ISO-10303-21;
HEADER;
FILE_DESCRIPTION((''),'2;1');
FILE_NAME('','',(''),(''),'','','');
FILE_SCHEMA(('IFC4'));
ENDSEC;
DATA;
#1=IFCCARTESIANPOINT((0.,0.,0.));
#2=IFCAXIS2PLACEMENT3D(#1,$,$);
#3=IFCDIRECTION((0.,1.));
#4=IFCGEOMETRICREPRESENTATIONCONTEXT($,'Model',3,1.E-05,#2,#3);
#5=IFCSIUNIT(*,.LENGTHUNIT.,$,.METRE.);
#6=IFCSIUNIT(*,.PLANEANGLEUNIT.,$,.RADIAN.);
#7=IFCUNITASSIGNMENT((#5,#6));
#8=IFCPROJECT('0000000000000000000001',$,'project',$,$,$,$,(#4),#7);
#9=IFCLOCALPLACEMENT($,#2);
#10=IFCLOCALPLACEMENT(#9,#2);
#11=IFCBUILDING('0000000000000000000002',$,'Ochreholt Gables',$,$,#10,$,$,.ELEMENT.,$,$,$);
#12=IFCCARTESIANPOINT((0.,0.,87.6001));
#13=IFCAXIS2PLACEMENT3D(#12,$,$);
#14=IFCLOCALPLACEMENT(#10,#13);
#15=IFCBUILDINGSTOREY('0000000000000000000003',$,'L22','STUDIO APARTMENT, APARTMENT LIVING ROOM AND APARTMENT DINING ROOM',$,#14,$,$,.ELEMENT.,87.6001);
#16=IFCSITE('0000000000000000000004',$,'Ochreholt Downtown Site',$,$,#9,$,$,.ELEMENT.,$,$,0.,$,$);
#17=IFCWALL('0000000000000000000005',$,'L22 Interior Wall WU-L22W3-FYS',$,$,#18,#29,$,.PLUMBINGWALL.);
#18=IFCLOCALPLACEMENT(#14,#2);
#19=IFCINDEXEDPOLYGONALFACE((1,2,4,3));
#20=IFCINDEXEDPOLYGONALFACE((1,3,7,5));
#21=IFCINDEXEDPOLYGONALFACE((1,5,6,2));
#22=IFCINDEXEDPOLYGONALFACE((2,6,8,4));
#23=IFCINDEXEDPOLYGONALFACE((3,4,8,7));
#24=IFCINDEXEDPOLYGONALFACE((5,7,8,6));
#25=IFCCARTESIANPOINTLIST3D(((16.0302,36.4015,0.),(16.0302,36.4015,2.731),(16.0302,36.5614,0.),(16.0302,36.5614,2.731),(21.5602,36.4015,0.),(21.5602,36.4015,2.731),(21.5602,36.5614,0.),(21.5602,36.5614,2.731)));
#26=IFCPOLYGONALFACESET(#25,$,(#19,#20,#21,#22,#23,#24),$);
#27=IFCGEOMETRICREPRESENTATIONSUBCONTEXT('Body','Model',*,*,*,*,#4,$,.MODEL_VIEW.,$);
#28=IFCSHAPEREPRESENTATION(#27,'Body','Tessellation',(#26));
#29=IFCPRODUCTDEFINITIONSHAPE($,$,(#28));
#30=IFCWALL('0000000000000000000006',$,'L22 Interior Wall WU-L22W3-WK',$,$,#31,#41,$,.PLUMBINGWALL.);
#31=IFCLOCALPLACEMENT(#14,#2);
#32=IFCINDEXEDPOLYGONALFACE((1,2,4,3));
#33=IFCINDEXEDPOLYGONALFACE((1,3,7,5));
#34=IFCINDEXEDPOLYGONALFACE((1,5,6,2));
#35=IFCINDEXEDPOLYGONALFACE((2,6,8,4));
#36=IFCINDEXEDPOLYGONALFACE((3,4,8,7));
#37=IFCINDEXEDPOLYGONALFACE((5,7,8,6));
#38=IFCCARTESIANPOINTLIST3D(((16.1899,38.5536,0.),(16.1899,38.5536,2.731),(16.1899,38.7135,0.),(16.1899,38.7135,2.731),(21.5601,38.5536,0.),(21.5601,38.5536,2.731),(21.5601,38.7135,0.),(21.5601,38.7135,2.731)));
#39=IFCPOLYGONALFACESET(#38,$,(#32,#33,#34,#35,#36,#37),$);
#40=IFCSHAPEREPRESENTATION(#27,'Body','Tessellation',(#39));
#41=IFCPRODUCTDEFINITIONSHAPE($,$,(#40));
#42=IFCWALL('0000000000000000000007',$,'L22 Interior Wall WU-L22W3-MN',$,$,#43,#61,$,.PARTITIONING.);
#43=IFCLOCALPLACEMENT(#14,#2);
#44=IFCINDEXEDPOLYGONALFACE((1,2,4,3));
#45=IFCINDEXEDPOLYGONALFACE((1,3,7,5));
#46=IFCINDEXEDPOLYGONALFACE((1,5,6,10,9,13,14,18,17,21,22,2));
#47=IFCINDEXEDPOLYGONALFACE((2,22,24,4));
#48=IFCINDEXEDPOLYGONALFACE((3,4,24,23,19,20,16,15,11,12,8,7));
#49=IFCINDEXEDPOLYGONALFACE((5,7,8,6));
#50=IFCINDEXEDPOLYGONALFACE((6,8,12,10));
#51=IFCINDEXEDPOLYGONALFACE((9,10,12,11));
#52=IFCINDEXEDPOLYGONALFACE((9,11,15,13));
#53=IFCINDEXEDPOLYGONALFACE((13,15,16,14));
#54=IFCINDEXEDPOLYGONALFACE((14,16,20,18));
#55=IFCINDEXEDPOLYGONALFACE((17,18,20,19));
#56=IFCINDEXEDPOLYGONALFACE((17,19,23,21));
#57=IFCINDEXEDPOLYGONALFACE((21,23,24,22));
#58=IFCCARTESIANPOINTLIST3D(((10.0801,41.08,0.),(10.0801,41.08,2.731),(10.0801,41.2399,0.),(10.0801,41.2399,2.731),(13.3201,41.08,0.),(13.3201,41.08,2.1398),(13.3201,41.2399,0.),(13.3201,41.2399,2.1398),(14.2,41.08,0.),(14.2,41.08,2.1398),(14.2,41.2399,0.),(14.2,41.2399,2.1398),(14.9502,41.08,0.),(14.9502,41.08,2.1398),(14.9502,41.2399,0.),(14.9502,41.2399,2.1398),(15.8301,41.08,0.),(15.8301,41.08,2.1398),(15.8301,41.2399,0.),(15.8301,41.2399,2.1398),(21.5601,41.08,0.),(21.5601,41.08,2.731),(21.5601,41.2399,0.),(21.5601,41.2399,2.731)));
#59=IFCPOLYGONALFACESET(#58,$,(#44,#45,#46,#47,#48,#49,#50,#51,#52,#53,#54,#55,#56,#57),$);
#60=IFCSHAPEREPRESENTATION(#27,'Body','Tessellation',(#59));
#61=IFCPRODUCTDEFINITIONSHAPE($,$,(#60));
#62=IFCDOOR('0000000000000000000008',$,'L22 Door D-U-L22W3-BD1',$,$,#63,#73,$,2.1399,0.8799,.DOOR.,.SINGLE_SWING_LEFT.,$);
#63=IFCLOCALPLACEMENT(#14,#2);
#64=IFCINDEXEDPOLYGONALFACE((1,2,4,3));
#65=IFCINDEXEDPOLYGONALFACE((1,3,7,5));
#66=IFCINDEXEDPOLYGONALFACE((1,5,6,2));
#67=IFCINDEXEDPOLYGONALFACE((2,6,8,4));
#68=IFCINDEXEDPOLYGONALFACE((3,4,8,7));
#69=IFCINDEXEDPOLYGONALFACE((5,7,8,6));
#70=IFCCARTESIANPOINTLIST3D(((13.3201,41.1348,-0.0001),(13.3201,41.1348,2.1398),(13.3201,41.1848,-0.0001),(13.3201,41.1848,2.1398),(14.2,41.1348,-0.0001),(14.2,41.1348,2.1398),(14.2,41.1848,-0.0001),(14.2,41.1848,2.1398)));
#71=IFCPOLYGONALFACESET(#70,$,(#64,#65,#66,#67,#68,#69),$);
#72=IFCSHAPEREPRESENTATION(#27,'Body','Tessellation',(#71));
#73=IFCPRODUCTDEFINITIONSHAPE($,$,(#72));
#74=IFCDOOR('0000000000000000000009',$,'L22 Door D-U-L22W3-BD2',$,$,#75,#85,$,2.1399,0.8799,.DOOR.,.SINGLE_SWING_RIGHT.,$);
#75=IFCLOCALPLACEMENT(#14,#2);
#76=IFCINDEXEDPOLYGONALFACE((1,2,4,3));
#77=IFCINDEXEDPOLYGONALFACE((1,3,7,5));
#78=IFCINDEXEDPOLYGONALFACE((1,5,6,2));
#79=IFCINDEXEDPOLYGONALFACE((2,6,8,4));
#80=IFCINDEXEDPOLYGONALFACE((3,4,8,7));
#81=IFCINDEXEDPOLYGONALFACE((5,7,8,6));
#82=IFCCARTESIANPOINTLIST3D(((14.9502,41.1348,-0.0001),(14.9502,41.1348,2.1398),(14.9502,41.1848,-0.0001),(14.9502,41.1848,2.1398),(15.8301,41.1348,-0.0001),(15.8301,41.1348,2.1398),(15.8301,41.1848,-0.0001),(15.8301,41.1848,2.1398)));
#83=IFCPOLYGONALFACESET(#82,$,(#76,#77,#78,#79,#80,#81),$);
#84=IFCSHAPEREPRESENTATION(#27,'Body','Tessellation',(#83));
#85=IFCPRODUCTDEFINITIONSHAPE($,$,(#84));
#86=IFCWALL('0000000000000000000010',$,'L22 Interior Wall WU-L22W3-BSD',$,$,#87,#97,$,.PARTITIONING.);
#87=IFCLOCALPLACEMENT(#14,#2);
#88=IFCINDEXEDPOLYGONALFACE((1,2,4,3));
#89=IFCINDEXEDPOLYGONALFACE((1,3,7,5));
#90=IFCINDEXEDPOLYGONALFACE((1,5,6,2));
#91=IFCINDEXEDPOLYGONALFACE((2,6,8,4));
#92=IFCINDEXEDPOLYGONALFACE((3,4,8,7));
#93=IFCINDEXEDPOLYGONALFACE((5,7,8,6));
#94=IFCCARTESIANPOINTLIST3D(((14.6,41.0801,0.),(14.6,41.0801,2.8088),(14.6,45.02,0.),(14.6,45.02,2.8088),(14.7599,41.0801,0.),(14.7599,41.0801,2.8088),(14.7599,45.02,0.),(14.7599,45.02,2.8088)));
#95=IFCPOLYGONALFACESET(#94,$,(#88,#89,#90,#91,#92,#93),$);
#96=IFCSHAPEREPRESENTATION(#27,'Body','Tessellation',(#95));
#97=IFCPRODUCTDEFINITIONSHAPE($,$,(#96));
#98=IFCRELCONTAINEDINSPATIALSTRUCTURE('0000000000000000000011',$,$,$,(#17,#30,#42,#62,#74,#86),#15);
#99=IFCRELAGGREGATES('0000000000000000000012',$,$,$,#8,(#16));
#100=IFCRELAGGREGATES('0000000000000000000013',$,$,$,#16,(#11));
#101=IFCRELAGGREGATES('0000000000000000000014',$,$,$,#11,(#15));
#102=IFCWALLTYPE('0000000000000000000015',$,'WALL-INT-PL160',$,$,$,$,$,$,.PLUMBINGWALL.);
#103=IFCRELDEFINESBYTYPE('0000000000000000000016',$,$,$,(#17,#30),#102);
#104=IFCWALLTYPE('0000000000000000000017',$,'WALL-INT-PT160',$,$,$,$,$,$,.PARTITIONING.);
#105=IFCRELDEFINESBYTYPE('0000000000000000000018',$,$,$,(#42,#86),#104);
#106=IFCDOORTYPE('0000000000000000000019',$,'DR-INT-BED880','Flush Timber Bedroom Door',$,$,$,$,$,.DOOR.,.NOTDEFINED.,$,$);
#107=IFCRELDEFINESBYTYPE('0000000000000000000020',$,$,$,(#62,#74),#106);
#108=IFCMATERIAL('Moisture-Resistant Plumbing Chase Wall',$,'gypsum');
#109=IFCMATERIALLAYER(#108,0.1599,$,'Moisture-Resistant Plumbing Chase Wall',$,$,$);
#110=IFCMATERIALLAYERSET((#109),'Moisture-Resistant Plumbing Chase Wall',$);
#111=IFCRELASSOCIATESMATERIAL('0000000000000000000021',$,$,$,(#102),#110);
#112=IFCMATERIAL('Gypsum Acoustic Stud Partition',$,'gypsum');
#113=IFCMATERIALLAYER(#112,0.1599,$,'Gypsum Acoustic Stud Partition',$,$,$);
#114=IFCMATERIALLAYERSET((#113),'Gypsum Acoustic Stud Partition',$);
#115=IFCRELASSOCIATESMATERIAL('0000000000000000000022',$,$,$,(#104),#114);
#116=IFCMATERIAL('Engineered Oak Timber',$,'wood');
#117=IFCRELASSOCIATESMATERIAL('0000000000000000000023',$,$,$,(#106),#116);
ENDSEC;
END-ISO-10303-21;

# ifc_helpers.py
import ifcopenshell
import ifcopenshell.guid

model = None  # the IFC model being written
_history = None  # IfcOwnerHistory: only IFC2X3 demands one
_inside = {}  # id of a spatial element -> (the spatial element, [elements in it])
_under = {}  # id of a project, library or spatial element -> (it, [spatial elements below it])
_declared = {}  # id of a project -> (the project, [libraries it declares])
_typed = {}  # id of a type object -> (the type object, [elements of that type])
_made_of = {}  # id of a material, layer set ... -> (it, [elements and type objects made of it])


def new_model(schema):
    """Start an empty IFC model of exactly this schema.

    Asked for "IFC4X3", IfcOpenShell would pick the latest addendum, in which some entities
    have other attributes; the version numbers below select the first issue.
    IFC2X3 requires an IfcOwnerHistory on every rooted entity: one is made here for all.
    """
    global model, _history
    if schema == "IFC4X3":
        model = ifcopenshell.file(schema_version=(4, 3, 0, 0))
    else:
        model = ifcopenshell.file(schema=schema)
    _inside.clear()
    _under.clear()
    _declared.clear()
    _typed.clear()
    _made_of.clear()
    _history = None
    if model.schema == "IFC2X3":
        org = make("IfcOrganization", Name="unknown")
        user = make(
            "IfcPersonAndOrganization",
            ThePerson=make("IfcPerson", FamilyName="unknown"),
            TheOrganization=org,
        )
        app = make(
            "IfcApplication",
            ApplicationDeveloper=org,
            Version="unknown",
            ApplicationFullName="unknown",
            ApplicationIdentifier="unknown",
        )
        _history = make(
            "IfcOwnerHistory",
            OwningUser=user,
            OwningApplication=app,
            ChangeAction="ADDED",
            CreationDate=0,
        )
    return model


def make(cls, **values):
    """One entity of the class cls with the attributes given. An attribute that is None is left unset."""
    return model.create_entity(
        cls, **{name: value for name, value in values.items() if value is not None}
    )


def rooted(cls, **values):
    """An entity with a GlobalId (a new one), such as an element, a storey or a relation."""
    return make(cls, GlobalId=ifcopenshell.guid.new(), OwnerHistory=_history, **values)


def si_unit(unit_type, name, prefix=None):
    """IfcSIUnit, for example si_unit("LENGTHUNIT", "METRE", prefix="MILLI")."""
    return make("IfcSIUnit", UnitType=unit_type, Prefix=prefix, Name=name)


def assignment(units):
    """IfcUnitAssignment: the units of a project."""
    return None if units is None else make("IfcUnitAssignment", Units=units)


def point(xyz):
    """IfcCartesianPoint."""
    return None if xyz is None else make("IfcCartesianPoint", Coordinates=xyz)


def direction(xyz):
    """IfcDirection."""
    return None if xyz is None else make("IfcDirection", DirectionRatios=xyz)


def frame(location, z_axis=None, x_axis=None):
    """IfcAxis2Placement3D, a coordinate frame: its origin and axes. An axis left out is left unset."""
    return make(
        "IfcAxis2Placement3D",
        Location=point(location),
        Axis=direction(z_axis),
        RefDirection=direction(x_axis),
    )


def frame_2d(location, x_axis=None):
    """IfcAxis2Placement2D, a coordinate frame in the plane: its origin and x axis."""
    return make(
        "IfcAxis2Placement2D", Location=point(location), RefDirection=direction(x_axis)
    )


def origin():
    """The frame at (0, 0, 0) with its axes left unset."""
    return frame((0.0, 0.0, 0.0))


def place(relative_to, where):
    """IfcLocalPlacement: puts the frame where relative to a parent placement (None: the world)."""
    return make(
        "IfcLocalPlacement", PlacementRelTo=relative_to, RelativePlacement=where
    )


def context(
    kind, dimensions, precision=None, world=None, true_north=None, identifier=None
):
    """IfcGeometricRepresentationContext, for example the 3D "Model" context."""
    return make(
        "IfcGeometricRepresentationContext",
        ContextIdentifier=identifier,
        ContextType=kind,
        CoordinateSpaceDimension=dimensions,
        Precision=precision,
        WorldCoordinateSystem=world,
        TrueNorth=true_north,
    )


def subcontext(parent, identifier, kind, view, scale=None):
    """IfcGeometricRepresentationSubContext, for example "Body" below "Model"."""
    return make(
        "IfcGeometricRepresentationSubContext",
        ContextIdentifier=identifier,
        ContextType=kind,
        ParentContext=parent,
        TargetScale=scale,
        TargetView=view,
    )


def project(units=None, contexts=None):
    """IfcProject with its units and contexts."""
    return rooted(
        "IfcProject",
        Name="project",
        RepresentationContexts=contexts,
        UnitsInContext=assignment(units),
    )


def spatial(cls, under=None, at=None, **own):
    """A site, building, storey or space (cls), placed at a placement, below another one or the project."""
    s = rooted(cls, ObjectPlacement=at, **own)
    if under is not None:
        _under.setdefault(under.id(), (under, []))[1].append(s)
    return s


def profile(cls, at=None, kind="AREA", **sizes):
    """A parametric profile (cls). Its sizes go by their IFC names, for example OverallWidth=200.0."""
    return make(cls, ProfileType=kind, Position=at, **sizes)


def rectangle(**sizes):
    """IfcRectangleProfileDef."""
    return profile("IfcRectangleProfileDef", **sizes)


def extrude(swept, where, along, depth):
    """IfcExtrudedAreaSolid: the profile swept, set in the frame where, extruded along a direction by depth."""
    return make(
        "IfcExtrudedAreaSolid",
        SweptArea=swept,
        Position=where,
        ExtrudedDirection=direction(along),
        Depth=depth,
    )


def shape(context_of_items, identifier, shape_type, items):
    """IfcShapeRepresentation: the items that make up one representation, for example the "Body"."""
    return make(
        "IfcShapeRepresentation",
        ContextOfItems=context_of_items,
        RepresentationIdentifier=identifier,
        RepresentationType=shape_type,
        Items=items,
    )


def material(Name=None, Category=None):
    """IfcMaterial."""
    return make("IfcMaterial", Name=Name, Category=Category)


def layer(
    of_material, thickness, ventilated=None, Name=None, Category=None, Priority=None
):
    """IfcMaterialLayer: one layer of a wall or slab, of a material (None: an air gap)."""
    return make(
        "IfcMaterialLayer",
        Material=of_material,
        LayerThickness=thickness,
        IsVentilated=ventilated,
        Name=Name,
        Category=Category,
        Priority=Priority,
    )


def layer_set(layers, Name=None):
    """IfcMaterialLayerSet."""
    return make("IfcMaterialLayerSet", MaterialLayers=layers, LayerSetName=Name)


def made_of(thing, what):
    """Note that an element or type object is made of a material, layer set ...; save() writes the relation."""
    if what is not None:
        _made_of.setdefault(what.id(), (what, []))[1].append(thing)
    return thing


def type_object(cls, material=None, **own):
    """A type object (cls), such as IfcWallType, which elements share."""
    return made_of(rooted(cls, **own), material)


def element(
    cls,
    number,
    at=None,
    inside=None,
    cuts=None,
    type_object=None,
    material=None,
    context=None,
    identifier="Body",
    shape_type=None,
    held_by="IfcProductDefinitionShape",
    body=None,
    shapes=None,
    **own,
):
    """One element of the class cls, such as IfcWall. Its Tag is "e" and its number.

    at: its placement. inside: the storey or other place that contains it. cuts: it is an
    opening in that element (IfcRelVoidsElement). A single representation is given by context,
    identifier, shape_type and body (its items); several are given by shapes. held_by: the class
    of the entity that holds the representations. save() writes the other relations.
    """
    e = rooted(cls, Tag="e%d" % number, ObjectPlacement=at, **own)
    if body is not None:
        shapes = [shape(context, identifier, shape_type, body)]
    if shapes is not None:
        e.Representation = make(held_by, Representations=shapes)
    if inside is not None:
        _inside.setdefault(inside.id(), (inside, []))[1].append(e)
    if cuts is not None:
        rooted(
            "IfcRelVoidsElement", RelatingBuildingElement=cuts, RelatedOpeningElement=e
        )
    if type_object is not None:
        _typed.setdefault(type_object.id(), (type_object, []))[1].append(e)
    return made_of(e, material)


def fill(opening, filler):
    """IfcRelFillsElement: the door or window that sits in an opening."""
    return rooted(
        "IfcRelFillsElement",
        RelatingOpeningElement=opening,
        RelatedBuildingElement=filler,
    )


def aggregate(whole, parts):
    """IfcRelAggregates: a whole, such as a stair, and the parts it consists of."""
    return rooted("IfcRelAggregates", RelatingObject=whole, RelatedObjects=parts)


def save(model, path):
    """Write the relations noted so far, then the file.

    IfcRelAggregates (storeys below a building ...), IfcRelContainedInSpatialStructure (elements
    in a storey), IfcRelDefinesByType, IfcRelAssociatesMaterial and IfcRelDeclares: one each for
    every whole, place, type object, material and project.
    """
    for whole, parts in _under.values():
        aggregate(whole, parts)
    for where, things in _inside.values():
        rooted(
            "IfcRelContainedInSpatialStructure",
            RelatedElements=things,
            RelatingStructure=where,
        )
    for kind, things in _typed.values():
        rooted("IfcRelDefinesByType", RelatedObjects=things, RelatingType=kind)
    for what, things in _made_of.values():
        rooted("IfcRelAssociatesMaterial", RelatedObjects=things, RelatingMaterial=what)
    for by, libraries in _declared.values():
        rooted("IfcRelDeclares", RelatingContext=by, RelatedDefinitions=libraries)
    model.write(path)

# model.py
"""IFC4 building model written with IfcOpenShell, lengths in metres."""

from ifc_helpers import new_model, si_unit, direction, frame, frame_2d, origin, place, context, subcontext, project, spatial, rectangle, extrude, material, layer, layer_set, type_object, element, fill, save


model = new_model("IFC4")

# Units and contexts
model_context = context("Model", 3, precision=1e-05, world=origin(), true_north=direction((0.0, 1.0)))
body_context = subcontext(model_context, "Body", "Model", "MODEL_VIEW")
ifc_project = project(units=[si_unit("LENGTHUNIT", "METRE"), si_unit("PLANEANGLEUNIT", "RADIAN")], contexts=[model_context])

# Site, building, storey
site_placement = place(None, origin())
site = spatial("IfcSite", under=ifc_project, at=site_placement, Name="Ochreholt Downtown Site", CompositionType="ELEMENT", RefElevation=0.0)
building_placement = place(site_placement, origin())
building = spatial("IfcBuilding", under=site, at=building_placement, Name="Ochreholt Gables", CompositionType="ELEMENT")
storey_placement = place(building_placement, frame((0.0, 0.0, 87.6001)))
storey = spatial("IfcBuildingStorey", under=building, at=storey_placement, Name="L22", Description="STUDIO APARTMENT, APARTMENT LIVING ROOM AND APARTMENT DINING ROOM", CompositionType="ELEMENT", Elevation=87.6001)

# Wall
ifc_material_1 = material(Name="Moisture-Resistant Plumbing Chase Wall", Category="gypsum")
ifc_layer_1 = layer(ifc_material_1, 0.1599, Name="Moisture-Resistant Plumbing Chase Wall")
ifc_layer_set_1 = layer_set([ifc_layer_1], Name="Moisture-Resistant Plumbing Chase Wall")
wall_type_1 = type_object("IfcWallType", Name="WALL-INT-PL160", PredefinedType="PLUMBINGWALL", material=ifc_layer_set_1)
wall_1_placement = place(storey_placement, frame((16.03, 36.4814, 0.0), z_axis=(0.0, 0.0, 1.0), x_axis=(1.0, 0.0, 0.0)))
element("IfcWall", 1, at=wall_1_placement, inside=storey, type_object=wall_type_1, Name="L22 Interior Wall WU-L22W3-FYS", PredefinedType="PLUMBINGWALL", context=body_context, shape_type="SweptSolid", body=[
    extrude(rectangle(XDim=5.53, YDim=0.1599, at=frame_2d((2.7651, 0.0))), origin(), (0.0, 0.0, 1.0), 2.731),
])

# Shared definitions
ifc_material_2 = material(Name="Engineered Oak Timber", Category="wood")

# Wall
wall_2_placement = place(storey_placement, frame((16.1899, 38.6335, 0.0), z_axis=(0.0, 0.0, 1.0), x_axis=(1.0, 0.0, 0.0)))
element("IfcWall", 2, at=wall_2_placement, inside=storey, type_object=wall_type_1, Name="L22 Interior Wall WU-L22W3-WK", PredefinedType="PLUMBINGWALL", context=body_context, shape_type="SweptSolid", body=[
    extrude(rectangle(XDim=5.3701, YDim=0.1599, at=frame_2d((2.6851, 0.0))), origin(), (0.0, 0.0, 1.0), 2.731),
])

# Wall, openings, doors
ifc_material_3 = material(Name="Gypsum Acoustic Stud Partition", Category="gypsum")
ifc_layer_2 = layer(ifc_material_3, 0.1599, Name="Gypsum Acoustic Stud Partition")
ifc_layer_set_2 = layer_set([ifc_layer_2], Name="Gypsum Acoustic Stud Partition")
wall_type_2 = type_object("IfcWallType", Name="WALL-INT-PT160", PredefinedType="PARTITIONING", material=ifc_layer_set_2)
wall_3_placement = place(storey_placement, frame((10.0801, 41.1599, 0.0), z_axis=(0.0, 0.0, 1.0), x_axis=(1.0, 0.0, 0.0)))
wall_3 = element("IfcWall", 3, at=wall_3_placement, inside=storey, type_object=wall_type_2, Name="L22 Interior Wall WU-L22W3-MN", PredefinedType="PARTITIONING", context=body_context, shape_type="SweptSolid", body=[
    extrude(rectangle(XDim=11.48, YDim=0.1599, at=frame_2d((5.74, 0.0))), origin(), (0.0, 0.0, 1.0), 2.731),
])
opening_1_placement = place(wall_3_placement, frame((3.24, 0.0, 0.0)))
opening_1 = element("IfcOpeningElement", 4, at=opening_1_placement, cuts=wall_3, PredefinedType="OPENING", context=body_context, shape_type="SweptSolid", body=[
    extrude(rectangle(XDim=0.8799, YDim=2.1399, at=frame_2d((0.4399, 1.0698))), frame((0.0, 0.0898, 0.0), z_axis=(0.0, -1.0, 0.0), x_axis=(1.0, 0.0, 0.0)), (0.0, 0.0, 1.0), 0.1799),
])
opening_2_placement = place(wall_3_placement, frame((4.8701, 0.0, 0.0)))
opening_2 = element("IfcOpeningElement", 5, at=opening_2_placement, cuts=wall_3, PredefinedType="OPENING", context=body_context, shape_type="SweptSolid", body=[
    extrude(rectangle(XDim=0.8799, YDim=2.1399, at=frame_2d((0.4399, 1.0698))), frame((0.0, 0.0898, 0.0), z_axis=(0.0, -1.0, 0.0), x_axis=(1.0, 0.0, 0.0)), (0.0, 0.0, 1.0), 0.1799),
])
door_type_1 = type_object("IfcDoorType", Name="DR-INT-BED880", Description="Flush Timber Bedroom Door", OperationType="NOTDEFINED", PredefinedType="DOOR", material=ifc_material_2)
door_1_placement = place(opening_1_placement, origin())
door_1 = element("IfcDoor", 6, at=door_1_placement, inside=storey, type_object=door_type_1, Name="L22 Door D-U-L22W3-BD1", OperationType="SINGLE_SWING_LEFT", OverallHeight=2.1399, OverallWidth=0.8799, PredefinedType="DOOR", context=body_context, shape_type="SweptSolid", body=[
    extrude(rectangle(XDim=0.8799, YDim=2.1399, at=frame_2d((0.4399, 1.0698))), frame((0.0, 0.0249, 0.0), z_axis=(0.0, -1.0, 0.0), x_axis=(1.0, 0.0, 0.0)), (0.0, 0.0, 1.0), 0.05),
])
fill(opening_1, door_1)
door_2_placement = place(opening_2_placement, origin())
door_2 = element("IfcDoor", 7, at=door_2_placement, inside=storey, type_object=door_type_1, Name="L22 Door D-U-L22W3-BD2", OperationType="SINGLE_SWING_RIGHT", OverallHeight=2.1399, OverallWidth=0.8799, PredefinedType="DOOR", context=body_context, shape_type="SweptSolid", body=[
    extrude(rectangle(XDim=0.8799, YDim=2.1399, at=frame_2d((0.4399, 1.0698))), frame((0.0, 0.0249, 0.0), z_axis=(0.0, -1.0, 0.0), x_axis=(1.0, 0.0, 0.0)), (0.0, 0.0, 1.0), 0.05),
])
fill(opening_2, door_2)

# Wall
wall_4_placement = place(storey_placement, frame((14.6799, 41.0801, 0.0), z_axis=(0.0, 0.0, 1.0), x_axis=(0.0, 1.0, 0.0)))
element("IfcWall", 8, at=wall_4_placement, inside=storey, type_object=wall_type_2, Name="L22 Interior Wall WU-L22W3-BSD", PredefinedType="PARTITIONING", context=body_context, shape_type="SweptSolid", body=[
    extrude(rectangle(XDim=3.9399, YDim=0.1599, at=frame_2d((1.97, 0.0))), origin(), (0.0, 0.0, 1.0), 2.8088),
])

save(model, "model.ifc")
